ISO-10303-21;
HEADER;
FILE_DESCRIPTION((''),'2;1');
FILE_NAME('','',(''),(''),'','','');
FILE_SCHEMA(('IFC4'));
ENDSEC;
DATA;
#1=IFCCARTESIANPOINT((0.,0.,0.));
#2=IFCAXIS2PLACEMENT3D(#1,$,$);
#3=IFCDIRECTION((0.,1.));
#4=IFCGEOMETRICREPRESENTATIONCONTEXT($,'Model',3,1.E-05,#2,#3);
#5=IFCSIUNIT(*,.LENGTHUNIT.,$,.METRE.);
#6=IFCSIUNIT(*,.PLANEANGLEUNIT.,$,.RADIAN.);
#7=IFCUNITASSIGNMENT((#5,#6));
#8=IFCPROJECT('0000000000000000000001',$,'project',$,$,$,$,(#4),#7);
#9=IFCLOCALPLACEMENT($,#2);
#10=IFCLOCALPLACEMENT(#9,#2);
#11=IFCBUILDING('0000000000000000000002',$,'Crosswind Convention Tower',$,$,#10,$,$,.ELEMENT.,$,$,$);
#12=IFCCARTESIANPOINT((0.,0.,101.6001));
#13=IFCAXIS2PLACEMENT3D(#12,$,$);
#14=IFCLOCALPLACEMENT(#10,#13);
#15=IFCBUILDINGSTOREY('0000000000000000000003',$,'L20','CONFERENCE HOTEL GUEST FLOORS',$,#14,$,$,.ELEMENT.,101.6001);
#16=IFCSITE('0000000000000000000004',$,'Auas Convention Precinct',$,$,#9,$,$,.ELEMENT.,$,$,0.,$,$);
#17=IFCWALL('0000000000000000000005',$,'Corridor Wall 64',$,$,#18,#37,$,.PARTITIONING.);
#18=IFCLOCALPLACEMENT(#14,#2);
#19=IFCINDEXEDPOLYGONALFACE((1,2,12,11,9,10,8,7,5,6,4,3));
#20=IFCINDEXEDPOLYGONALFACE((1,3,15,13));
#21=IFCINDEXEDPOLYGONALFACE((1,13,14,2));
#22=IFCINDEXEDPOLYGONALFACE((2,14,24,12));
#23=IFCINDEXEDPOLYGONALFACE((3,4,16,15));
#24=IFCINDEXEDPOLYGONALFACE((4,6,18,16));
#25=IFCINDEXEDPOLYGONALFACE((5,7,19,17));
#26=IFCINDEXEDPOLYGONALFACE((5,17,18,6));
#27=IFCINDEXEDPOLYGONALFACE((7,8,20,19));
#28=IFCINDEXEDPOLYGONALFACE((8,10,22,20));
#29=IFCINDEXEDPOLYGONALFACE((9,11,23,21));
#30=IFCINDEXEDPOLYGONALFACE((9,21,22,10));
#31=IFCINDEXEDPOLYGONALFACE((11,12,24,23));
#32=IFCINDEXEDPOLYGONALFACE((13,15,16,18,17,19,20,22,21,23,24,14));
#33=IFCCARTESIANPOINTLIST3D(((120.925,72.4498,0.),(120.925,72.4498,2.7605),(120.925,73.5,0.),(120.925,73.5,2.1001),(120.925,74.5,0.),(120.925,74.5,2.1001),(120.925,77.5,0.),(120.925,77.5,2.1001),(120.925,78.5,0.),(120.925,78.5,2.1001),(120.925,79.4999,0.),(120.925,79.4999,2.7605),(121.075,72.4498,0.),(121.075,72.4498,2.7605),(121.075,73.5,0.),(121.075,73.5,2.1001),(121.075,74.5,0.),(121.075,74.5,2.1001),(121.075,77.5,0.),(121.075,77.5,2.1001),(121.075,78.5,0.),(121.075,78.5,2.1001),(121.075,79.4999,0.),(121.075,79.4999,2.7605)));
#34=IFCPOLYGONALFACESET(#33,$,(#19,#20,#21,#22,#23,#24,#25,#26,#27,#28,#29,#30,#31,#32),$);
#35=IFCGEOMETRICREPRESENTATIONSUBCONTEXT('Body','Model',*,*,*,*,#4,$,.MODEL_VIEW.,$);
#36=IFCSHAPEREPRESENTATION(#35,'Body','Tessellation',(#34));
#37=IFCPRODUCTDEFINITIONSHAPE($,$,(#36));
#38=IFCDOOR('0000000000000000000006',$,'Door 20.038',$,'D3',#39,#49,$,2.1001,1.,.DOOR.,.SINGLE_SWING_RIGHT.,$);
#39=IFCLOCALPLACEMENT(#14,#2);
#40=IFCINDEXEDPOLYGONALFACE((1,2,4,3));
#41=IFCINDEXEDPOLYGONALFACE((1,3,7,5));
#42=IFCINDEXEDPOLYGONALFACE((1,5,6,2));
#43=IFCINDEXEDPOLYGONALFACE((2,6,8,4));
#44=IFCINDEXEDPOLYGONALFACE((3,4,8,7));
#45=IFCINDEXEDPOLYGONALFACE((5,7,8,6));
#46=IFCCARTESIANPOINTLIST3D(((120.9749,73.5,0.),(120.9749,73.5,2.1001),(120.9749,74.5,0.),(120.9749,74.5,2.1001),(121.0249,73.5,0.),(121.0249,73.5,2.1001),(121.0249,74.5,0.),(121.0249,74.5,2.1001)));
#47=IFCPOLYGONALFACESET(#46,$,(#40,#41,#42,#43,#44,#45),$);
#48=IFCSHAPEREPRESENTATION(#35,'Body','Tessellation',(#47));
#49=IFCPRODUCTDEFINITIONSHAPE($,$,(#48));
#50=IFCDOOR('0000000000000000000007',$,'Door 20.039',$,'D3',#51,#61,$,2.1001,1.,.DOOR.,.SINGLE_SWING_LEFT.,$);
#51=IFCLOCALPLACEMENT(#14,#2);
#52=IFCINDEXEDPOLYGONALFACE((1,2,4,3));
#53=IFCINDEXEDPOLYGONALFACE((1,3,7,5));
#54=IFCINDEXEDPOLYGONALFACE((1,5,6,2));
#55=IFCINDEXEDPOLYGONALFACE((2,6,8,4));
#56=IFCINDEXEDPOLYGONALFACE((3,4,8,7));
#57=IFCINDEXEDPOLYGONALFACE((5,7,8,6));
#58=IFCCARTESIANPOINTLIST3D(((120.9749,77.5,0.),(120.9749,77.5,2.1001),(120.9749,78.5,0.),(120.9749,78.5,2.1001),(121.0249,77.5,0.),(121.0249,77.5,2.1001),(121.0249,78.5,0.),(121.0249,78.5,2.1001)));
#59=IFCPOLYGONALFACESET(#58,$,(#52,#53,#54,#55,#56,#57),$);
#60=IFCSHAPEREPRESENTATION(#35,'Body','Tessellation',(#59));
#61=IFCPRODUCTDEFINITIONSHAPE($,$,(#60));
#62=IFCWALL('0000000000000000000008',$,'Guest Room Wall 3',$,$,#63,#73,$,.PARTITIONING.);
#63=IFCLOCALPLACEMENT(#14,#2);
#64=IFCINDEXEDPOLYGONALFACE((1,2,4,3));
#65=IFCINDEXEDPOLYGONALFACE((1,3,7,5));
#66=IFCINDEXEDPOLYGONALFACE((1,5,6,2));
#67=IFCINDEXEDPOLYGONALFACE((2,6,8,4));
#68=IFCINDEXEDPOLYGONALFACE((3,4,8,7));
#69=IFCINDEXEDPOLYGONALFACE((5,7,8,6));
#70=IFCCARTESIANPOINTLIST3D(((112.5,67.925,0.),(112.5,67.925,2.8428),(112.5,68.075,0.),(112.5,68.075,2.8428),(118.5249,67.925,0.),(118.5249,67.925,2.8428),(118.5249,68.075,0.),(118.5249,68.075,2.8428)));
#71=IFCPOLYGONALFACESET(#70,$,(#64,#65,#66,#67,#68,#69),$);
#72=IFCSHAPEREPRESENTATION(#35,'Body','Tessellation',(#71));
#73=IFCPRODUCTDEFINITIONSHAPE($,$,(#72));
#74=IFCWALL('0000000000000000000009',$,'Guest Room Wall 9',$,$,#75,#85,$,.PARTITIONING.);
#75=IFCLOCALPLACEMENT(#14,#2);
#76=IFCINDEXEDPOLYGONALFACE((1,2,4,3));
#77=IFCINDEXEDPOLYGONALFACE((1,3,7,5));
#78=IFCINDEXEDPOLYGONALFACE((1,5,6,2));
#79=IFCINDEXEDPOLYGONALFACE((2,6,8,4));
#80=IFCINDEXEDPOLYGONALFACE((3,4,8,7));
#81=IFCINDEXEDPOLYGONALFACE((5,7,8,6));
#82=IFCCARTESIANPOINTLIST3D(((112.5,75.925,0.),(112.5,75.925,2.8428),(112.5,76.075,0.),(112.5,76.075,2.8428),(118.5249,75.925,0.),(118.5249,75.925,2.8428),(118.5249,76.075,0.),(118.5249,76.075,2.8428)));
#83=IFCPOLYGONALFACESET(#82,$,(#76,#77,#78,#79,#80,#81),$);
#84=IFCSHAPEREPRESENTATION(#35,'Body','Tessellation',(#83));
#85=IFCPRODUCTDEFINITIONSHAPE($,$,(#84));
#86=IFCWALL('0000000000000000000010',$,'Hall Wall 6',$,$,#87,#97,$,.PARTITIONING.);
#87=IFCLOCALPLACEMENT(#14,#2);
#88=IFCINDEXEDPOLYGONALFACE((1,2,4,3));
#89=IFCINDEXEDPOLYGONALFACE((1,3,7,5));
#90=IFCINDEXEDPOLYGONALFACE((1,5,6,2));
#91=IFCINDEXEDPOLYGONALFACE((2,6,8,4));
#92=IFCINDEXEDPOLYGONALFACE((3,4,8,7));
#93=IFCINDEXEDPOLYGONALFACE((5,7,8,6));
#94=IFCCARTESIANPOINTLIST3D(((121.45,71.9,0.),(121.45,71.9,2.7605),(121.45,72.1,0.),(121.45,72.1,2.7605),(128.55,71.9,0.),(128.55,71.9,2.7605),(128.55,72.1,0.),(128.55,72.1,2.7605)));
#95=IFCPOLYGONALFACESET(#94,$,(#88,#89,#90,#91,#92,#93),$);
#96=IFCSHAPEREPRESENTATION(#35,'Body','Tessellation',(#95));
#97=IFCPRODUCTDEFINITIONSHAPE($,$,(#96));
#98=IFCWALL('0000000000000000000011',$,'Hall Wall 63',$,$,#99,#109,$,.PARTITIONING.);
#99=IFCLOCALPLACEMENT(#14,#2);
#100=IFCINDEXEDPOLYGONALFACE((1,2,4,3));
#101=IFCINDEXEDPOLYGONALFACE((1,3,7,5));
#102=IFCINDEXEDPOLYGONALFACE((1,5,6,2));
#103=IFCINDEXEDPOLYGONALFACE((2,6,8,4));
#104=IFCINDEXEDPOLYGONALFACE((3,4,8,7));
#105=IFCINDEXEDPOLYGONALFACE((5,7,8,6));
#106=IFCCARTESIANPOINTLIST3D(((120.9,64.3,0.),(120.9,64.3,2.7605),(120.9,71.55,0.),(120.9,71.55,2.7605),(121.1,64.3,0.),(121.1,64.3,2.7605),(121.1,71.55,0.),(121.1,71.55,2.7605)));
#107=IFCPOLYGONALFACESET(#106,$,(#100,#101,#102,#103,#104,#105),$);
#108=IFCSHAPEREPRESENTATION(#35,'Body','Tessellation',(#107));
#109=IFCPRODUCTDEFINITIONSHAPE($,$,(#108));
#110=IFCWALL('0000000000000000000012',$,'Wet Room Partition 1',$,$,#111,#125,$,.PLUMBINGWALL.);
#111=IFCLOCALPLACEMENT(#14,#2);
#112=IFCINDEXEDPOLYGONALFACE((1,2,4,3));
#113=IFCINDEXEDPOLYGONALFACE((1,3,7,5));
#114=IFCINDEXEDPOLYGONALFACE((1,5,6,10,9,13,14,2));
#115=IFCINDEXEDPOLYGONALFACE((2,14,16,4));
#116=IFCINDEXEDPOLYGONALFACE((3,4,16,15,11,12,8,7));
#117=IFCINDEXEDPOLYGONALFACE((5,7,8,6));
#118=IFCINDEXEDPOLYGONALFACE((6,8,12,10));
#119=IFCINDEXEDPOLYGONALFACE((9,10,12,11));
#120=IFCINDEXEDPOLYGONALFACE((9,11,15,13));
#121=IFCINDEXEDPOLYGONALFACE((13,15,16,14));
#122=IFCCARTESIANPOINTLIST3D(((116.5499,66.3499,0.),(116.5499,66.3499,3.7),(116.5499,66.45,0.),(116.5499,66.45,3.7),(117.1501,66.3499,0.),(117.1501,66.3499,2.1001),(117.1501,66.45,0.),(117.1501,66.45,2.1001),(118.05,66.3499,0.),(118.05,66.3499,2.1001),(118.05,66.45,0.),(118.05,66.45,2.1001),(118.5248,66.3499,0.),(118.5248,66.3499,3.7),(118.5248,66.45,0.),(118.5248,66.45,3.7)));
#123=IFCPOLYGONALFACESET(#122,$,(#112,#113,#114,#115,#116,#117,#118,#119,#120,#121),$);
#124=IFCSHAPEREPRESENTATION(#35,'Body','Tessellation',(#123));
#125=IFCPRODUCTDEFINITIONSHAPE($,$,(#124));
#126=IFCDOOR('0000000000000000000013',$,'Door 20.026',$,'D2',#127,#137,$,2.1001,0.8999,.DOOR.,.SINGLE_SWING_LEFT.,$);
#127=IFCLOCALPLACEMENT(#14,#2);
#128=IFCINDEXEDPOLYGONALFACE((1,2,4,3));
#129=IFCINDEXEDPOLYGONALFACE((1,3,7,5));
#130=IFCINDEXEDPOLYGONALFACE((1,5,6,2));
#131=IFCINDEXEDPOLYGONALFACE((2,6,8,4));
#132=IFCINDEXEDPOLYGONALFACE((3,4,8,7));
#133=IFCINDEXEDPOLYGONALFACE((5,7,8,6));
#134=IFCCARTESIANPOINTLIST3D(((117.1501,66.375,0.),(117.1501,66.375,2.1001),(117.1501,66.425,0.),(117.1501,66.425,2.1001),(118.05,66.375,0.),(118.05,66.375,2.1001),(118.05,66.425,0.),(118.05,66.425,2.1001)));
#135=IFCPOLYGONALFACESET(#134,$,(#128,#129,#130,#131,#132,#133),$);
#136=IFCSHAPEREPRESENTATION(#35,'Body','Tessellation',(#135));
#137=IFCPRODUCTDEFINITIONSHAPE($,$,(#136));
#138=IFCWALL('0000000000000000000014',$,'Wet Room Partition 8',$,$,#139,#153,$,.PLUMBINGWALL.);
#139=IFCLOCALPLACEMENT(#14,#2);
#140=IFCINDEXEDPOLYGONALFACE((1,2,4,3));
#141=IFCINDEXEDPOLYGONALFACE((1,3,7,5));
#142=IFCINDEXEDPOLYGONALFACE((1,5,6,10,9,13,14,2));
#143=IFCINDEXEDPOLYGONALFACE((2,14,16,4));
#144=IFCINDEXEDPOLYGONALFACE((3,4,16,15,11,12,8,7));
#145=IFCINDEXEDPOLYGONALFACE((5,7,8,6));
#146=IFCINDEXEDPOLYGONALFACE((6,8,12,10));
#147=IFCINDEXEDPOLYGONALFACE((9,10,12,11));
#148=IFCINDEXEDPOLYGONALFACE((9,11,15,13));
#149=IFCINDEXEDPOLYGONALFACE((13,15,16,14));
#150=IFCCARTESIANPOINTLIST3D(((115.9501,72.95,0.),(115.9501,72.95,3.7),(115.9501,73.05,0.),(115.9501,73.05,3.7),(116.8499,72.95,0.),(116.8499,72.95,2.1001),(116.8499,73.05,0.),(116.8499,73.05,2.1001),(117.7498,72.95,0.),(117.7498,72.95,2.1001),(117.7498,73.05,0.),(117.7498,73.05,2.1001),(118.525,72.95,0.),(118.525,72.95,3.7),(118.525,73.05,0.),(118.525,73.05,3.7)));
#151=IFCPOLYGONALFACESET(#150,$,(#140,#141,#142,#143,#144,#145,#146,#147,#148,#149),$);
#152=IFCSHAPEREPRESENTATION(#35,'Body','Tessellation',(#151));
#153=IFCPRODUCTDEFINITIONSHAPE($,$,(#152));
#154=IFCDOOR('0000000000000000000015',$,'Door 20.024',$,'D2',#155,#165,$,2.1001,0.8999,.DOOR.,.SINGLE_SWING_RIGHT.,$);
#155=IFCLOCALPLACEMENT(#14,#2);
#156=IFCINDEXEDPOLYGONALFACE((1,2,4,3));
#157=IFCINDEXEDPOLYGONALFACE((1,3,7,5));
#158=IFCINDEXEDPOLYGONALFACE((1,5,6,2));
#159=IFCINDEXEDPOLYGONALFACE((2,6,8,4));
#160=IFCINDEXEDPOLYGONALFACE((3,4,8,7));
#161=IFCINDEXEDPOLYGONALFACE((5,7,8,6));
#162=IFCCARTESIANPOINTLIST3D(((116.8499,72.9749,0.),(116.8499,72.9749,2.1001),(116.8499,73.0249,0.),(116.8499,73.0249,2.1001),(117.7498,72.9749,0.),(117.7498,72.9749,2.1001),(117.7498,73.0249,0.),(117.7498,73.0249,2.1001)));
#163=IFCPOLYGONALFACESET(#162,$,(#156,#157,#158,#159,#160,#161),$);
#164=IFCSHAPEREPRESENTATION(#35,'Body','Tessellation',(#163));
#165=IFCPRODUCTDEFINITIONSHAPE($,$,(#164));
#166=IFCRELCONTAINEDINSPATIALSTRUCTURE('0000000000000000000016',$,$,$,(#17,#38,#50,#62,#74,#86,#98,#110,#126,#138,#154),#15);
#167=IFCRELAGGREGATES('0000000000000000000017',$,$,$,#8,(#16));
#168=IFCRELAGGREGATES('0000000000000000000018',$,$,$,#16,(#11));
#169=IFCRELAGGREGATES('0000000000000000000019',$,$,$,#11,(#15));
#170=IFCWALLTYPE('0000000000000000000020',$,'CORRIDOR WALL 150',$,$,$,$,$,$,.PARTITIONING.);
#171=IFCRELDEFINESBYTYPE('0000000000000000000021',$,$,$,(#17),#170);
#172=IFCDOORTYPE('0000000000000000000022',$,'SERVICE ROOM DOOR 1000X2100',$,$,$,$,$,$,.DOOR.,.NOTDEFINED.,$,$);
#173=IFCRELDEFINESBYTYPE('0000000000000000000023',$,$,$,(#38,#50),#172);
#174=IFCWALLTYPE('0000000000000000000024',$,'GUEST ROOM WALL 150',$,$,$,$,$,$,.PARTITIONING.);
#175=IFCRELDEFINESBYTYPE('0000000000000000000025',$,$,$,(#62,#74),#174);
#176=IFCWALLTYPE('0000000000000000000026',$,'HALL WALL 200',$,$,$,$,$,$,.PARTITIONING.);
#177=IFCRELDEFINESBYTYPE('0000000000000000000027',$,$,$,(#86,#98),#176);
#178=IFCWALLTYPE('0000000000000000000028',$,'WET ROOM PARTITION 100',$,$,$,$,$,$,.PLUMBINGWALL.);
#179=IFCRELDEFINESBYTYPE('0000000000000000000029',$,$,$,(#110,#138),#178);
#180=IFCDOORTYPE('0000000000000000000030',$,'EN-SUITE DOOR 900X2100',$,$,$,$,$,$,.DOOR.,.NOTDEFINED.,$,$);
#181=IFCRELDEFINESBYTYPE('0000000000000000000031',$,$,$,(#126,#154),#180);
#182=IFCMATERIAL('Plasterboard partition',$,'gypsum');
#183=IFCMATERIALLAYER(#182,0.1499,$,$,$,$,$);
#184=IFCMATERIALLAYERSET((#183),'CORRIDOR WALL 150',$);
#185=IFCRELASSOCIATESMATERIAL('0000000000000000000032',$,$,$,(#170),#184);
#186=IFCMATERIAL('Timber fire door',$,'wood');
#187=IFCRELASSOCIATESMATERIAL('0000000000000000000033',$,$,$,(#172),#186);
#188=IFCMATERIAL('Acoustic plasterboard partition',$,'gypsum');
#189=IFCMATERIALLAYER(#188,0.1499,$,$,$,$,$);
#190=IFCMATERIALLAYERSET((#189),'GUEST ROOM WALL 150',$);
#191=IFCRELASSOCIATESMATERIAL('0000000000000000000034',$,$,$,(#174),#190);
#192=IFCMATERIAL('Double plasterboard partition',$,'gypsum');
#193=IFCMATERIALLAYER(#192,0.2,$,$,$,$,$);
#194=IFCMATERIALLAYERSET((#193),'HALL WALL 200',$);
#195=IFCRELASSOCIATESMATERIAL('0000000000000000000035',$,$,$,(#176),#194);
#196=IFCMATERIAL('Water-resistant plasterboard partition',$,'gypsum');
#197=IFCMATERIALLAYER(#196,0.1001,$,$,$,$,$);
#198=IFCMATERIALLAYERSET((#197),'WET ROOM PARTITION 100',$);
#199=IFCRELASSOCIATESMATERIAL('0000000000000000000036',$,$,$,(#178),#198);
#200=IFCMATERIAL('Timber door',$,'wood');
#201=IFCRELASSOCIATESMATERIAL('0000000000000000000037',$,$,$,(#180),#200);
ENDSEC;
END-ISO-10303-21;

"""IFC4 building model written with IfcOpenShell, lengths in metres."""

from ifc_helpers import new_model, si_unit, direction, frame, frame_2d, origin, place, context, subcontext, project, spatial, rectangle, extrude, material, layer, layer_set, type_object, element, fill, save


model = new_model("IFC4")

# Units and contexts
model_context = context("Model", 3, precision=1e-05, world=origin(), true_north=direction((0.0, 1.0)))
body_context = subcontext(model_context, "Body", "Model", "MODEL_VIEW")
ifc_project = project(units=[si_unit("LENGTHUNIT", "METRE"), si_unit("PLANEANGLEUNIT", "RADIAN")], contexts=[model_context])

# Site, building, storey
site_placement = place(None, origin())
site = spatial("IfcSite", under=ifc_project, at=site_placement, Name="Auas Convention Precinct", CompositionType="ELEMENT", RefElevation=0.0)
building_placement = place(site_placement, origin())
building = spatial("IfcBuilding", under=site, at=building_placement, Name="Crosswind Convention Tower", CompositionType="ELEMENT")
storey_placement = place(building_placement, frame((0.0, 0.0, 101.6001)))
storey = spatial("IfcBuildingStorey", under=building, at=storey_placement, Name="L20", Description="CONFERENCE HOTEL GUEST FLOORS", CompositionType="ELEMENT", Elevation=101.6001)

# Wall, openings, doors
ifc_material_1 = material(Name="Plasterboard partition", Category="gypsum")
ifc_layer_1 = layer(ifc_material_1, 0.1499)
ifc_layer_set_1 = layer_set([ifc_layer_1], Name="CORRIDOR WALL 150")
wall_type_1 = type_object("IfcWallType", Name="CORRIDOR WALL 150", PredefinedType="PARTITIONING", material=ifc_layer_set_1)
wall_1_placement = place(storey_placement, frame((121.0, 72.45, 0.0), z_axis=(0.0, 0.0, 1.0), x_axis=(0.0, 1.0, 0.0)))
wall_1 = element("IfcWall", 1, at=wall_1_placement, inside=storey, type_object=wall_type_1, Name="Corridor Wall 64", PredefinedType="PARTITIONING", context=body_context, shape_type="SweptSolid", body=[
    extrude(rectangle(XDim=7.05, YDim=0.1499, at=frame_2d((3.5249, 0.0))), origin(), (0.0, 0.0, 1.0), 2.7605),
])
opening_1_placement = place(wall_1_placement, frame((1.05, 0.0, 0.0)))
opening_1 = element("IfcOpeningElement", 2, at=opening_1_placement, cuts=wall_1, PredefinedType="OPENING", context=body_context, shape_type="SweptSolid", body=[
    extrude(rectangle(XDim=1.0, YDim=2.1001, at=frame_2d((0.5, 1.05))), frame((0.0, 0.085, 0.0), z_axis=(0.0, -1.0, 0.0), x_axis=(1.0, 0.0, 0.0)), (0.0, 0.0, 1.0), 0.1699),
])
opening_2_placement = place(wall_1_placement, frame((5.05, 0.0, 0.0)))
opening_2 = element("IfcOpeningElement", 3, at=opening_2_placement, cuts=wall_1, PredefinedType="OPENING", context=body_context, shape_type="SweptSolid", body=[
    extrude(rectangle(XDim=1.0, YDim=2.1001, at=frame_2d((0.5, 1.05))), frame((0.0, 0.085, 0.0), z_axis=(0.0, -1.0, 0.0), x_axis=(1.0, 0.0, 0.0)), (0.0, 0.0, 1.0), 0.1699),
])
ifc_material_2 = material(Name="Timber fire door", Category="wood")
door_type_1 = type_object("IfcDoorType", Name="SERVICE ROOM DOOR 1000X2100", OperationType="NOTDEFINED", PredefinedType="DOOR", material=ifc_material_2)
door_1_placement = place(opening_1_placement, frame((1.0, 0.0, 0.0), z_axis=(0.0, 0.0, 1.0), x_axis=(-1.0, 0.0, 0.0)))
door_1 = element("IfcDoor", 4, at=door_1_placement, inside=storey, type_object=door_type_1, Name="Door 20.038", ObjectType="D3", OperationType="SINGLE_SWING_RIGHT", OverallHeight=2.1001, OverallWidth=1.0, PredefinedType="DOOR", context=body_context, shape_type="SweptSolid", body=[
    extrude(rectangle(XDim=1.0, YDim=2.1001, at=frame_2d((0.5, 1.05))), frame((0.0, 0.0249, 0.0), z_axis=(0.0, -1.0, 0.0), x_axis=(1.0, 0.0, 0.0)), (0.0, 0.0, 1.0), 0.05),
])
fill(opening_1, door_1)
door_2_placement = place(opening_2_placement, frame((1.0, 0.0, 0.0), z_axis=(0.0, 0.0, 1.0), x_axis=(-1.0, 0.0, 0.0)))
door_2 = element("IfcDoor", 5, at=door_2_placement, inside=storey, type_object=door_type_1, Name="Door 20.039", ObjectType="D3", OperationType="SINGLE_SWING_LEFT", OverallHeight=2.1001, OverallWidth=1.0, PredefinedType="DOOR", context=body_context, shape_type="SweptSolid", body=[
    extrude(rectangle(XDim=1.0, YDim=2.1001, at=frame_2d((0.5, 1.05))), frame((0.0, 0.0249, 0.0), z_axis=(0.0, -1.0, 0.0), x_axis=(1.0, 0.0, 0.0)), (0.0, 0.0, 1.0), 0.05),
])
fill(opening_2, door_2)

# Walls
ifc_material_3 = material(Name="Acoustic plasterboard partition", Category="gypsum")
ifc_layer_2 = layer(ifc_material_3, 0.1499)
ifc_layer_set_2 = layer_set([ifc_layer_2], Name="GUEST ROOM WALL 150")
wall_type_2 = type_object("IfcWallType", Name="GUEST ROOM WALL 150", PredefinedType="PARTITIONING", material=ifc_layer_set_2)
for number, where, z_axis, x_axis, name in (
    (6, (112.5, 68.0, 0.0), (0.0, 0.0, 1.0), (1.0, 0.0, 0.0), "Guest Room Wall 3"),
    (7, (112.5, 76.0, 0.0), (0.0, 0.0, 1.0), (1.0, 0.0, 0.0), "Guest Room Wall 9"),
):
    element("IfcWall", number, at=place(storey_placement, frame(where, z_axis=z_axis, x_axis=x_axis)), inside=storey, type_object=wall_type_2, Name=name, PredefinedType="PARTITIONING", context=body_context, shape_type="SweptSolid", body=[
        extrude(rectangle(XDim=6.0249, YDim=0.1499, at=frame_2d((3.0125, 0.0))), origin(), (0.0, 0.0, 1.0), 2.8428),
    ])
ifc_material_4 = material(Name="Double plasterboard partition", Category="gypsum")
ifc_layer_3 = layer(ifc_material_4, 0.2)
ifc_layer_set_3 = layer_set([ifc_layer_3], Name="HALL WALL 200")
wall_type_3 = type_object("IfcWallType", Name="HALL WALL 200", PredefinedType="PARTITIONING", material=ifc_layer_set_3)
wall_2_placement = place(storey_placement, frame((121.45, 72.0, 0.0), z_axis=(0.0, 0.0, 1.0), x_axis=(1.0, 0.0, 0.0)))
element("IfcWall", 8, at=wall_2_placement, inside=storey, type_object=wall_type_3, Name="Hall Wall 6", PredefinedType="PARTITIONING", context=body_context, shape_type="SweptSolid", body=[
    extrude(rectangle(XDim=7.1001, YDim=0.2, at=frame_2d((3.55, 0.0))), origin(), (0.0, 0.0, 1.0), 2.7605),
])
wall_3_placement = place(storey_placement, frame((121.0, 64.3, 0.0), z_axis=(0.0, 0.0, 1.0), x_axis=(0.0, 1.0, 0.0)))
element("IfcWall", 9, at=wall_3_placement, inside=storey, type_object=wall_type_3, Name="Hall Wall 63", PredefinedType="PARTITIONING", context=body_context, shape_type="SweptSolid", body=[
    extrude(rectangle(XDim=7.25, YDim=0.2, at=frame_2d((3.625, 0.0))), origin(), (0.0, 0.0, 1.0), 2.7605),
])

# Walls, openings, doors
ifc_material_5 = material(Name="Water-resistant plasterboard partition", Category="gypsum")
ifc_layer_4 = layer(ifc_material_5, 0.1001)
ifc_layer_set_4 = layer_set([ifc_layer_4], Name="WET ROOM PARTITION 100")
wall_type_4 = type_object("IfcWallType", Name="WET ROOM PARTITION 100", PredefinedType="PLUMBINGWALL", material=ifc_layer_set_4)
wall_4_placement = place(storey_placement, frame((116.55, 66.3999, 0.0), z_axis=(0.0, 0.0, 1.0), x_axis=(1.0, 0.0, 0.0)))
wall_4 = element("IfcWall", 10, at=wall_4_placement, inside=storey, type_object=wall_type_4, Name="Wet Room Partition 1", PredefinedType="PLUMBINGWALL", context=body_context, shape_type="SweptSolid", body=[
    extrude(rectangle(XDim=1.9749, YDim=0.1001, at=frame_2d((0.9873, 0.0))), origin(), (0.0, 0.0, 1.0), 3.7),
])
opening_3_placement = place(wall_4_placement, frame((0.6001, 0.0, 0.0)))
opening_3 = element("IfcOpeningElement", 11, at=opening_3_placement, cuts=wall_4, PredefinedType="OPENING", context=body_context, shape_type="SweptSolid", body=[
    extrude(rectangle(XDim=0.8999, YDim=2.1001, at=frame_2d((0.45, 1.05))), frame((0.0, 0.0601, 0.0), z_axis=(0.0, -1.0, 0.0), x_axis=(1.0, 0.0, 0.0)), (0.0, 0.0, 1.0), 0.1201),
])
ifc_material_6 = material(Name="Timber door", Category="wood")
door_type_2 = type_object("IfcDoorType", Name="EN-SUITE DOOR 900X2100", OperationType="NOTDEFINED", PredefinedType="DOOR", material=ifc_material_6)
door_3_placement = place(opening_3_placement, frame((0.8999, 0.0, 0.0), z_axis=(0.0, 0.0, 1.0), x_axis=(-1.0, 0.0, 0.0)))
door_3 = element("IfcDoor", 12, at=door_3_placement, inside=storey, type_object=door_type_2, Name="Door 20.026", ObjectType="D2", OperationType="SINGLE_SWING_LEFT", OverallHeight=2.1001, OverallWidth=0.8999, PredefinedType="DOOR", context=body_context, shape_type="SweptSolid", body=[
    extrude(rectangle(XDim=0.8999, YDim=2.1001, at=frame_2d((0.45, 1.05))), frame((0.0, 0.0249, 0.0), z_axis=(0.0, -1.0, 0.0), x_axis=(1.0, 0.0, 0.0)), (0.0, 0.0, 1.0), 0.05),
])
fill(opening_3, door_3)
wall_5_placement = place(storey_placement, frame((115.95, 73.0, 0.0), z_axis=(0.0, 0.0, 1.0), x_axis=(1.0, 0.0, 0.0)))
wall_5 = element("IfcWall", 13, at=wall_5_placement, inside=storey, type_object=wall_type_4, Name="Wet Room Partition 8", PredefinedType="PLUMBINGWALL", context=body_context, shape_type="SweptSolid", body=[
    extrude(rectangle(XDim=2.575, YDim=0.1001, at=frame_2d((1.2876, 0.0))), origin(), (0.0, 0.0, 1.0), 3.7),
])
opening_4_placement = place(wall_5_placement, frame((0.8999, 0.0, 0.0)))
opening_4 = element("IfcOpeningElement", 14, at=opening_4_placement, cuts=wall_5, PredefinedType="OPENING", context=body_context, shape_type="SweptSolid", body=[
    extrude(rectangle(XDim=0.8999, YDim=2.1001, at=frame_2d((0.45, 1.05))), frame((0.0, 0.0601, 0.0), z_axis=(0.0, -1.0, 0.0), x_axis=(1.0, 0.0, 0.0)), (0.0, 0.0, 1.0), 0.1201),
])
door_4_placement = place(opening_4_placement, origin())
door_4 = element("IfcDoor", 15, at=door_4_placement, inside=storey, type_object=door_type_2, Name="Door 20.024", ObjectType="D2", OperationType="SINGLE_SWING_RIGHT", OverallHeight=2.1001, OverallWidth=0.8999, PredefinedType="DOOR", context=body_context, shape_type="SweptSolid", body=[
    extrude(rectangle(XDim=0.8999, YDim=2.1001, at=frame_2d((0.45, 1.05))), frame((0.0, 0.0249, 0.0), z_axis=(0.0, -1.0, 0.0), x_axis=(1.0, 0.0, 0.0)), (0.0, 0.0, 1.0), 0.05),
])
fill(opening_4, door_4)

save(model, "model.ifc")
